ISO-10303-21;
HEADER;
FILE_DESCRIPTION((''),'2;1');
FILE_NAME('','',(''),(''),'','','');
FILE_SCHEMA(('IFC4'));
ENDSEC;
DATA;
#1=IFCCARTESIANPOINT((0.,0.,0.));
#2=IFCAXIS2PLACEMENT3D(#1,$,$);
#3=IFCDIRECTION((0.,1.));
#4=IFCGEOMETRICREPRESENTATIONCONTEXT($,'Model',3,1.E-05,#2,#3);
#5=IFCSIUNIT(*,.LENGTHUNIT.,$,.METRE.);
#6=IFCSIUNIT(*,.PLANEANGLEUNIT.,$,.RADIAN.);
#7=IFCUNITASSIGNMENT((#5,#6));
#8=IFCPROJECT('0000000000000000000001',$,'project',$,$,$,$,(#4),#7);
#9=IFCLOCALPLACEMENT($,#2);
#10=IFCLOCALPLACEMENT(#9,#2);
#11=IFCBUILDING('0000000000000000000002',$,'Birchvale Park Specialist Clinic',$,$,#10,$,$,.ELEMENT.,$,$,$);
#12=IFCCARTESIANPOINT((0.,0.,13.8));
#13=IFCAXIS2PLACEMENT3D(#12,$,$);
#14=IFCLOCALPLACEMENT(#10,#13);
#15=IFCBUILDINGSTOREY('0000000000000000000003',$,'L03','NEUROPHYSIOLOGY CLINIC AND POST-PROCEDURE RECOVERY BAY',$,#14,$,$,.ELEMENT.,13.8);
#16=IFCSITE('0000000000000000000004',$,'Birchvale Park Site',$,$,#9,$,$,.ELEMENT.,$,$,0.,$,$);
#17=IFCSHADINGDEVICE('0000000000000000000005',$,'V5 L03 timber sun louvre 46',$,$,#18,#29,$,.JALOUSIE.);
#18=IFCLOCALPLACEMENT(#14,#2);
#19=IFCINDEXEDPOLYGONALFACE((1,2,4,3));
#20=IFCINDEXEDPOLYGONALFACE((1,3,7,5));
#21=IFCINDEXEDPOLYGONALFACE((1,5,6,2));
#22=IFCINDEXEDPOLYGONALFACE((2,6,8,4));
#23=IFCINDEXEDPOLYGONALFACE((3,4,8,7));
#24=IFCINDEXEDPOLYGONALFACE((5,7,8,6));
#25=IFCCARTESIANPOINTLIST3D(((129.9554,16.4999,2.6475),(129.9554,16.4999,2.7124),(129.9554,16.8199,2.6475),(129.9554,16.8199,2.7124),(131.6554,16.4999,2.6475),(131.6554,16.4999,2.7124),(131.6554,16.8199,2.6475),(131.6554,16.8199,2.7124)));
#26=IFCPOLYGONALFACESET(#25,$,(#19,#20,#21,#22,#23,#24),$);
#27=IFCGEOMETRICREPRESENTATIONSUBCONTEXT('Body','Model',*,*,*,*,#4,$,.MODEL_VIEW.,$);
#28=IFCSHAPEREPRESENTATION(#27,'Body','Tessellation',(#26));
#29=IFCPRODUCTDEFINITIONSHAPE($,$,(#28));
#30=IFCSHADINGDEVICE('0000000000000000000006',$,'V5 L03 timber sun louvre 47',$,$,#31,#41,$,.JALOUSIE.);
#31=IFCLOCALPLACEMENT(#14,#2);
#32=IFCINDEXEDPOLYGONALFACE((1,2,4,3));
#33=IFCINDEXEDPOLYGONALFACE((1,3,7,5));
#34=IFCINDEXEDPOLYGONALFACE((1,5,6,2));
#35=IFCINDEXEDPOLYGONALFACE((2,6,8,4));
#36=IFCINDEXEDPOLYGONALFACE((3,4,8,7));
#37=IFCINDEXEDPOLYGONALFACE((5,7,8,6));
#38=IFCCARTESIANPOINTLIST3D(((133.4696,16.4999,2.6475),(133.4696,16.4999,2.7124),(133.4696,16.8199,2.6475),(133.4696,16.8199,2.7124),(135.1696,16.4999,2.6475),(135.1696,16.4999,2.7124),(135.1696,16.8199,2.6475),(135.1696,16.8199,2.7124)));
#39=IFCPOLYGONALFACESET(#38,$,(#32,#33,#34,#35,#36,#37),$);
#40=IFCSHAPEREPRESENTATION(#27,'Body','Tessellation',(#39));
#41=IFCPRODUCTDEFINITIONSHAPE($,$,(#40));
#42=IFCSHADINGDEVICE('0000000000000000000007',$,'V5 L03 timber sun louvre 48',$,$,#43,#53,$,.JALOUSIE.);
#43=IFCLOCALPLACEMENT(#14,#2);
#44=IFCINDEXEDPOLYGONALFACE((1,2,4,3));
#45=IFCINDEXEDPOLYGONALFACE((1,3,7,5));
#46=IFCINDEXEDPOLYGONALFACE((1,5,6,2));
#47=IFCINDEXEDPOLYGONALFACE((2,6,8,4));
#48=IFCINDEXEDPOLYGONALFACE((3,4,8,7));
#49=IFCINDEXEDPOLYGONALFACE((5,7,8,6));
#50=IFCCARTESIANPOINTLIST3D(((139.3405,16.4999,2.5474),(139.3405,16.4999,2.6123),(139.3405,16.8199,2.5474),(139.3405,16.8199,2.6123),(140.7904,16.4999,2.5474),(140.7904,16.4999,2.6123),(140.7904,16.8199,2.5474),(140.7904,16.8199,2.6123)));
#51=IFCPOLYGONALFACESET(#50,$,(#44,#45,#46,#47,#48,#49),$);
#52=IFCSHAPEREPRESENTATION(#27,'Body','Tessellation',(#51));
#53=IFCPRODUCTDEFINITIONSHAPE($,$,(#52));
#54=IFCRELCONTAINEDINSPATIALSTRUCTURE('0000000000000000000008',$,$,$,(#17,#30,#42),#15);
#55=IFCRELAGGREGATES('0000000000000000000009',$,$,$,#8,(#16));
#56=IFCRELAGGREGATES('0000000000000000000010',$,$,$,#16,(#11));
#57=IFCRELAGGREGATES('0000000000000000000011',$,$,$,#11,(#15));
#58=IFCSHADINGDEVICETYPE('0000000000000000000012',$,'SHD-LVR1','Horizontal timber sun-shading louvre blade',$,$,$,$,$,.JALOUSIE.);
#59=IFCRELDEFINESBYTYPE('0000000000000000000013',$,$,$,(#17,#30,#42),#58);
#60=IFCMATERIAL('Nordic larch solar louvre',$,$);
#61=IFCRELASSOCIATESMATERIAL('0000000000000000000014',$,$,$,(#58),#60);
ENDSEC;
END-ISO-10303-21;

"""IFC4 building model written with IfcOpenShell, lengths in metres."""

from ifc_helpers import new_model, si_unit, direction, frame, origin, origin_2d, place, context, subcontext, project, spatial, rectangle, extrude, material, type_object, element, save


model = new_model("IFC4")

# Units and contexts
model_context = context("Model", 3, precision=1e-05, world=origin(), true_north=direction((0.0, 1.0)))
body_context = subcontext(model_context, "Body", "Model", "MODEL_VIEW")
ifc_project = project(units=[si_unit("LENGTHUNIT", "METRE"), si_unit("PLANEANGLEUNIT", "RADIAN")], contexts=[model_context])

# Site, building, storey
site_placement = place(None, origin())
site = spatial("IfcSite", under=ifc_project, at=site_placement, Name="Birchvale Park Site", CompositionType="ELEMENT", RefElevation=0.0)
building_placement = place(site_placement, origin())
building = spatial("IfcBuilding", under=site, at=building_placement, Name="Birchvale Park Specialist Clinic", CompositionType="ELEMENT")
storey_placement = place(building_placement, frame((0.0, 0.0, 13.8)))
storey = spatial("IfcBuildingStorey", under=building, at=storey_placement, Name="L03", Description="NEUROPHYSIOLOGY CLINIC AND POST-PROCEDURE RECOVERY BAY", CompositionType="ELEMENT", Elevation=13.8)

# Shading devices
ifc_material_1 = material(Name="Nordic larch solar louvre")
shading_device_type = type_object("IfcShadingDeviceType", Name="SHD-LVR1", Description="Horizontal timber sun-shading louvre blade", PredefinedType="JALOUSIE", material=ifc_material_1)
for number, where, z_axis, x_axis, name in (
    (1, (130.8054, 16.6599, 2.6475), (0.0, 0.0, 1.0), (1.0, 0.0, 0.0), "V5 L03 timber sun louvre 46"),
    (2, (134.3196, 16.6599, 2.6475), (0.0, 0.0, 1.0), (1.0, 0.0, 0.0), "V5 L03 timber sun louvre 47"),
):
    element("IfcShadingDevice", number, at=place(storey_placement, frame(where, z_axis=z_axis, x_axis=x_axis)), inside=storey, type_object=shading_device_type, Name=name, PredefinedType="JALOUSIE", context=body_context, shape_type="SweptSolid", body=[
        extrude(rectangle(XDim=1.7, YDim=0.3201, at=origin_2d()), origin(), (0.0, 0.0, 1.0), 0.0649),
    ])
shading_device_placement = place(storey_placement, frame((140.0654, 16.6599, 2.5474), z_axis=(0.0, 0.0, 1.0), x_axis=(1.0, 0.0, 0.0)))
element("IfcShadingDevice", 3, at=shading_device_placement, inside=storey, type_object=shading_device_type, Name="V5 L03 timber sun louvre 48", PredefinedType="JALOUSIE", context=body_context, shape_type="SweptSolid", body=[
    extrude(rectangle(XDim=1.45, YDim=0.3201, at=origin_2d()), origin(), (0.0, 0.0, 1.0), 0.0649),
])

save(model, "model.ifc")
